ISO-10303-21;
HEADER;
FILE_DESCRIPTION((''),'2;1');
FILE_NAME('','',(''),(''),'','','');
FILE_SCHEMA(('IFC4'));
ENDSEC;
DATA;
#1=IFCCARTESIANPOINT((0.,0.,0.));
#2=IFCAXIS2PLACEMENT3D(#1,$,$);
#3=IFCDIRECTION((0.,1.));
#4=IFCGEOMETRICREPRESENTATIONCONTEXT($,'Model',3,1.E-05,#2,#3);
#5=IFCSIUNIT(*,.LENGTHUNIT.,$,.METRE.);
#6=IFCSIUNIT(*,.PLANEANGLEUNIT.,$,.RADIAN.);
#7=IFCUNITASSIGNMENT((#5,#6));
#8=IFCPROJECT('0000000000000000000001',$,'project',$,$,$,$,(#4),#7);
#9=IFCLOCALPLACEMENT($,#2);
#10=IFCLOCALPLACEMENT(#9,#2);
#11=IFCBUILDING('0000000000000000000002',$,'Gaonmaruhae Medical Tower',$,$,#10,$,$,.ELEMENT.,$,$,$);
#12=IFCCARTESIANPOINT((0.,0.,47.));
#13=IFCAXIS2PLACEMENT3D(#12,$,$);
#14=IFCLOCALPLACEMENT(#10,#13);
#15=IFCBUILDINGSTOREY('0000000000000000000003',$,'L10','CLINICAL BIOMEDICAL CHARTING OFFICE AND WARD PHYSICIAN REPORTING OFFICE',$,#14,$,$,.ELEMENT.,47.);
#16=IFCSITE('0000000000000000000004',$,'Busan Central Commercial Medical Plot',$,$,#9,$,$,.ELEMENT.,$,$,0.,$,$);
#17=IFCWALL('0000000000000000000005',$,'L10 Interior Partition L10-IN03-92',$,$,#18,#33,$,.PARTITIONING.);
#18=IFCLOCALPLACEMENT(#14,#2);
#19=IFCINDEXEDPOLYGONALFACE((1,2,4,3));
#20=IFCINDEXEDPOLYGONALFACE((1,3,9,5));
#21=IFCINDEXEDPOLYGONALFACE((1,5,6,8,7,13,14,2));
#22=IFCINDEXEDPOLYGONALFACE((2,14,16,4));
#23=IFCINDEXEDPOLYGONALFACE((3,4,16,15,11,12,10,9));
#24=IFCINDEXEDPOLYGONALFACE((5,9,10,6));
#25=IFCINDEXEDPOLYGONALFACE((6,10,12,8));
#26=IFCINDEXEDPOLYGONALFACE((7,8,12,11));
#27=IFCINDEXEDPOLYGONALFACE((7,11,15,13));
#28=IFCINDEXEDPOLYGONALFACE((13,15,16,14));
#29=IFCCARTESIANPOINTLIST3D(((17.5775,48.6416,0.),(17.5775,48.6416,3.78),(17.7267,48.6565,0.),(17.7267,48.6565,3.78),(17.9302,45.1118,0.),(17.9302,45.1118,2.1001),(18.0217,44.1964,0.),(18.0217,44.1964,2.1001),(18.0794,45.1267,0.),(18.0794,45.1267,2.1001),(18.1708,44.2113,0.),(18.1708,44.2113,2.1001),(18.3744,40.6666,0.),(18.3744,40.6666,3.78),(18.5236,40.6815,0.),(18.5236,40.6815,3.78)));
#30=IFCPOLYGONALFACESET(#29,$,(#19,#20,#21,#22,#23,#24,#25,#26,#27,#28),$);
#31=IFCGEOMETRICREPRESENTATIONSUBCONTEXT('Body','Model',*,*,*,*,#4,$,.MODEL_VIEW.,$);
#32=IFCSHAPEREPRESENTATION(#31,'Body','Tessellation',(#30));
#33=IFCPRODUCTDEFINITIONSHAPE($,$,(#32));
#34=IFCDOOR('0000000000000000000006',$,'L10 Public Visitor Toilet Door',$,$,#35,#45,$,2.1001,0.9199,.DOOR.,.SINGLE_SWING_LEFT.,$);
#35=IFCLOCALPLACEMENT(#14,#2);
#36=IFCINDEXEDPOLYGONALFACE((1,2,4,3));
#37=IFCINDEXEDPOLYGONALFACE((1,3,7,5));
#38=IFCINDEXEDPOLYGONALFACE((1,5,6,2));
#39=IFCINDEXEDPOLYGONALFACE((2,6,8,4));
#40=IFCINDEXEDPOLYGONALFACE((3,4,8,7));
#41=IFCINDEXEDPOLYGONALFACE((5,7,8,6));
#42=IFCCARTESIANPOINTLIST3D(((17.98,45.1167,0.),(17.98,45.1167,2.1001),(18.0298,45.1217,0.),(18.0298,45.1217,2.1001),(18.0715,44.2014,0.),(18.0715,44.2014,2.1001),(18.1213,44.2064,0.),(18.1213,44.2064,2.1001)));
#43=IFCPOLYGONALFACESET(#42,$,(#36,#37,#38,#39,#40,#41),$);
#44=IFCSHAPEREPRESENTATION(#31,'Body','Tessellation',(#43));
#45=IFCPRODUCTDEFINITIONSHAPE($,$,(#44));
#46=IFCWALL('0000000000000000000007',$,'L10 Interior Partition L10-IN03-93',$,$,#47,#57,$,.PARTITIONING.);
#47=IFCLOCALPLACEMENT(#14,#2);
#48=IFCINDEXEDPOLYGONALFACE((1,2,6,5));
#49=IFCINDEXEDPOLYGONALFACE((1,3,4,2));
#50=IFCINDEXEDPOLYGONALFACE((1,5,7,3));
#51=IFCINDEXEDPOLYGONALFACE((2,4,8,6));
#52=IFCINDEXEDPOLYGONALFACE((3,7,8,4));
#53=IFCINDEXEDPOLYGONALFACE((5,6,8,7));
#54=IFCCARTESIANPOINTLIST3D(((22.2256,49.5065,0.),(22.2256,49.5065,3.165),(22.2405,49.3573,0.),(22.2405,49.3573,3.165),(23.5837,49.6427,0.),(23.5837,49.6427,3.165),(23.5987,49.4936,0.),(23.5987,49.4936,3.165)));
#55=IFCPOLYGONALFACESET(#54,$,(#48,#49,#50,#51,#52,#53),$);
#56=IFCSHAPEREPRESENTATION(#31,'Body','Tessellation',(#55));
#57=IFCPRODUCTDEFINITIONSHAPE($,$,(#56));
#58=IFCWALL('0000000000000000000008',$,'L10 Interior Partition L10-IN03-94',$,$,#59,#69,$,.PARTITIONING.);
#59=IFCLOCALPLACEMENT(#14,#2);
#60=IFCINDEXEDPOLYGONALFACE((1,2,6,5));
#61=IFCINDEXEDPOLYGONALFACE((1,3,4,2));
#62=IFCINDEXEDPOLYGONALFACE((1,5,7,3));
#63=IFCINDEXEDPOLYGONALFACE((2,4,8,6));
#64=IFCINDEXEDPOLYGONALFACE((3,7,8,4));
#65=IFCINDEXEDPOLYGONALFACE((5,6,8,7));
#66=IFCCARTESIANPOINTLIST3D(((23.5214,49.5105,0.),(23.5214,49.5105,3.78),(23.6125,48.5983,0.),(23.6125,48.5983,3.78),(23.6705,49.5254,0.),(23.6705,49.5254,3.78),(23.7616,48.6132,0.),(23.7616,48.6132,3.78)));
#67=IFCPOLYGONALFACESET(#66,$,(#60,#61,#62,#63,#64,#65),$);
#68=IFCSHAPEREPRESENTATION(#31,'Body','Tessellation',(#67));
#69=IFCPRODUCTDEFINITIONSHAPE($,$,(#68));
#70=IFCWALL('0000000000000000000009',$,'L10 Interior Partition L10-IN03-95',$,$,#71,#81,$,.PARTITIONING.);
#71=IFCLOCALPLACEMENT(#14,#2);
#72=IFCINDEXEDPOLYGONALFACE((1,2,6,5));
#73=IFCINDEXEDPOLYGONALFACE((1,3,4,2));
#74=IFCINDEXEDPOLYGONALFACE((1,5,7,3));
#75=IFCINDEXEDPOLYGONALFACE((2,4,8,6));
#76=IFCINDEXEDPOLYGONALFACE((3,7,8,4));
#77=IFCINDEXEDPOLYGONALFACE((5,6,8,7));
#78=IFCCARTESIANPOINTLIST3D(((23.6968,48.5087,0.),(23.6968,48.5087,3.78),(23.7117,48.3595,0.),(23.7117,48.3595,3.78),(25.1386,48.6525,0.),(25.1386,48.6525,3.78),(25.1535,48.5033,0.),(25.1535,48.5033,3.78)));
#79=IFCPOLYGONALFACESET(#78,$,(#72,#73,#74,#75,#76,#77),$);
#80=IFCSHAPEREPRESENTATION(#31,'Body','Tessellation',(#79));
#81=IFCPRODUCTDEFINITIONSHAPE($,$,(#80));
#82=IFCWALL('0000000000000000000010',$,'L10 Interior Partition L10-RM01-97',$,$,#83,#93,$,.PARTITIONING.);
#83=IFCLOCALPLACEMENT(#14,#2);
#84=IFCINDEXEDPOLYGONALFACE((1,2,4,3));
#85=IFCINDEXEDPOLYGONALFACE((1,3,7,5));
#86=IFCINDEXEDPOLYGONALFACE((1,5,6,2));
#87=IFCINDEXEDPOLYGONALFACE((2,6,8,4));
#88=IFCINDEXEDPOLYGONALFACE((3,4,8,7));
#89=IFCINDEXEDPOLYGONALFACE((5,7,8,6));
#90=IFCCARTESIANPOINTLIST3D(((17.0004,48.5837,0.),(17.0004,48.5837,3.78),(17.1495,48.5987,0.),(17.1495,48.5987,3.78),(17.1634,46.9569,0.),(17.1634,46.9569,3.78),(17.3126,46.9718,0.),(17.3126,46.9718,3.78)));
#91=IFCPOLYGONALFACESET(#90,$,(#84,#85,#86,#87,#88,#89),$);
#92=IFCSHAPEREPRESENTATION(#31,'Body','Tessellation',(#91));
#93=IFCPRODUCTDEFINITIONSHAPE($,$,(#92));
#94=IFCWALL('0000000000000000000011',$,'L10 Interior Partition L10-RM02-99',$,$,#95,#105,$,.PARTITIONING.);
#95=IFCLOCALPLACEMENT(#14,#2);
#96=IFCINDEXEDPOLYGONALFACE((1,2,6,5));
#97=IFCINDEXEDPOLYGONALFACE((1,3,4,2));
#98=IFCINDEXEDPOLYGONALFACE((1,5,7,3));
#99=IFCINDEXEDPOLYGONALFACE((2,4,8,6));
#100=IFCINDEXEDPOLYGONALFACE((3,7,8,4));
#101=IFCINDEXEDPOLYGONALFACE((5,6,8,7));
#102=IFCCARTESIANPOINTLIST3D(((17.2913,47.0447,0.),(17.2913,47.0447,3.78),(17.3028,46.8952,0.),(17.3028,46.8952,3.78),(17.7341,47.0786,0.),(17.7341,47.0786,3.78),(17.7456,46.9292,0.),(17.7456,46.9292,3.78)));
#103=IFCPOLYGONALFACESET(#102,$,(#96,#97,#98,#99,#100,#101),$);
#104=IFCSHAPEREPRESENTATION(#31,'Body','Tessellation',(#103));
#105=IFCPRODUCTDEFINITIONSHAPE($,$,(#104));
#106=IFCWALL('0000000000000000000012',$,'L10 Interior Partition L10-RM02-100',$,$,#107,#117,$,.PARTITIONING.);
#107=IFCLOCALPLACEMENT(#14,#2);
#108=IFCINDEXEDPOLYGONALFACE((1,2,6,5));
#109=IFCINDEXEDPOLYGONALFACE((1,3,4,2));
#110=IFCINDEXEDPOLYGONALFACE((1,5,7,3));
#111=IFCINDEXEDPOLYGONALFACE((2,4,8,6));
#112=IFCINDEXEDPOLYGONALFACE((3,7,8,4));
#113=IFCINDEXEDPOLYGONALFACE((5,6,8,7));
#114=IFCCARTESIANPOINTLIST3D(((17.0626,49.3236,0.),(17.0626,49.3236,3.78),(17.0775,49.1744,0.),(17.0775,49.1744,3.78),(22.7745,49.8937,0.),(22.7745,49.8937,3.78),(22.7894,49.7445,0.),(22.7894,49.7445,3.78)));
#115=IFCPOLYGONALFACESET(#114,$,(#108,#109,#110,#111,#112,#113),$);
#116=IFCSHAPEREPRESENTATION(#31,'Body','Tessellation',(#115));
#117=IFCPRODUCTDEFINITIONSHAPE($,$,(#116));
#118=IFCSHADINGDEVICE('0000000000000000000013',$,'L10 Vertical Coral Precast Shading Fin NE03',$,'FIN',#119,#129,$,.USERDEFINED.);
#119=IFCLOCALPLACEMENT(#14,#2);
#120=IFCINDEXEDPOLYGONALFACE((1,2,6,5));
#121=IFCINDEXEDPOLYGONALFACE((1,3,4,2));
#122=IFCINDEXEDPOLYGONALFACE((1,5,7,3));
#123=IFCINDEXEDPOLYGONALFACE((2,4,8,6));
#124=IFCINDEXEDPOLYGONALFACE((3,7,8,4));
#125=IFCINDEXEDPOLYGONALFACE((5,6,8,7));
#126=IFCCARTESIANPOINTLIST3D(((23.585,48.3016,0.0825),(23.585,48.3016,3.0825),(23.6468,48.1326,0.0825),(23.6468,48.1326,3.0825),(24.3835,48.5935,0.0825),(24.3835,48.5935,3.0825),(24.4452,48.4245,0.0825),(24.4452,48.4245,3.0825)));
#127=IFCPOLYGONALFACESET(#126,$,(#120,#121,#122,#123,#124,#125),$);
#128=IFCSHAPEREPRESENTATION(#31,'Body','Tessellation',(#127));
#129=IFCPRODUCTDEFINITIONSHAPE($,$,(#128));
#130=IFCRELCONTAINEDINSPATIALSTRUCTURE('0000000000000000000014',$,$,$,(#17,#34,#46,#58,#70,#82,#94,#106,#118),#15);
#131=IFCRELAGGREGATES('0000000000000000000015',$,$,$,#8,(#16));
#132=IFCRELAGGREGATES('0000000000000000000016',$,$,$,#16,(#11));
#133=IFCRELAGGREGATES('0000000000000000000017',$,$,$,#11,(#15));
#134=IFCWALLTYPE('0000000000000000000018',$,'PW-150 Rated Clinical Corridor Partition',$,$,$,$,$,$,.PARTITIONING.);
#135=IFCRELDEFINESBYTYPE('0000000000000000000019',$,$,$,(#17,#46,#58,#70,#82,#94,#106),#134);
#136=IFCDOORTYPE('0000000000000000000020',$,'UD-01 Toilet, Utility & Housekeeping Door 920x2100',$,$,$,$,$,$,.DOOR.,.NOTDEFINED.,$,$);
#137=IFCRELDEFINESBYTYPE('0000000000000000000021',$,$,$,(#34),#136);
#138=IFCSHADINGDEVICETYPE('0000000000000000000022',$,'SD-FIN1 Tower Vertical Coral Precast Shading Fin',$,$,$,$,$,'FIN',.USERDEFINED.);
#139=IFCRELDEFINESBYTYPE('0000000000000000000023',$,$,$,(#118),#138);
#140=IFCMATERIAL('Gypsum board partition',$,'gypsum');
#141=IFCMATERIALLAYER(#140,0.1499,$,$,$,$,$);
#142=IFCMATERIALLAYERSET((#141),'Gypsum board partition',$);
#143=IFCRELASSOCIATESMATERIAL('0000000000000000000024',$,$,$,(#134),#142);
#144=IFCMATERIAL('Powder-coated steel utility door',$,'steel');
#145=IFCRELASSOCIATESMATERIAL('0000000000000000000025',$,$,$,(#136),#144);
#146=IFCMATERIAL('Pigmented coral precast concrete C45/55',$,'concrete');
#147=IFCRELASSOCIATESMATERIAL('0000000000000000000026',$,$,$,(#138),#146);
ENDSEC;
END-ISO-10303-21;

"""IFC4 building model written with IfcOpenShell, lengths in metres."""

from ifc_helpers import new_model, si_unit, direction, frame, frame_2d, origin, origin_2d, place, context, subcontext, project, spatial, rectangle, extrude, material, layer, layer_set, type_object, element, fill, save


model = new_model("IFC4")

# Units and contexts
model_context = context("Model", 3, precision=1e-05, world=origin(), true_north=direction((0.0, 1.0)))
body_context = subcontext(model_context, "Body", "Model", "MODEL_VIEW")
ifc_project = project(units=[si_unit("LENGTHUNIT", "METRE"), si_unit("PLANEANGLEUNIT", "RADIAN")], contexts=[model_context])

# Site, building, storey
site_placement = place(None, origin())
site = spatial("IfcSite", under=ifc_project, at=site_placement, Name="Busan Central Commercial Medical Plot", CompositionType="ELEMENT", RefElevation=0.0)
building_placement = place(site_placement, origin())
building = spatial("IfcBuilding", under=site, at=building_placement, Name="Gaonmaruhae Medical Tower", CompositionType="ELEMENT")
storey_placement = place(building_placement, frame((0.0, 0.0, 47.0)))
storey = spatial("IfcBuildingStorey", under=building, at=storey_placement, Name="L10", Description="CLINICAL BIOMEDICAL CHARTING OFFICE AND WARD PHYSICIAN REPORTING OFFICE", CompositionType="ELEMENT", Elevation=47.0)

# Shared definitions
ifc_material_1 = material(Name="Gypsum board partition", Category="gypsum")
ifc_layer_1 = layer(ifc_material_1, 0.1499)
ifc_layer_set_1 = layer_set([ifc_layer_1], Name="Gypsum board partition")
wall_type_1 = type_object("IfcWallType", Name="PW-150 Rated Clinical Corridor Partition", PredefinedType="PARTITIONING", material=ifc_layer_set_1)

# Wall, opening, door
wall_1_placement = place(storey_placement, frame((18.449, 40.6741, 0.0), z_axis=(0.0, 0.0, 1.0), x_axis=(-0.099428, 0.995045, 0.0)))
wall_1 = element("IfcWall", 1, at=wall_1_placement, inside=storey, type_object=wall_type_1, Name="L10 Interior Partition L10-IN03-92", PredefinedType="PARTITIONING", context=body_context, shape_type="SweptSolid", body=[
    extrude(rectangle(XDim=8.0146, YDim=0.1499, at=frame_2d((4.0073, 0.0))), origin(), (0.0, 0.0, 1.0), 3.78),
])
opening_1_placement = place(wall_1_placement, frame((3.5474, 0.0, 0.0)))
opening_1 = element("IfcOpeningElement", 2, at=opening_1_placement, cuts=wall_1, PredefinedType="OPENING", context=body_context, shape_type="SweptSolid", body=[
    extrude(rectangle(XDim=0.9199, YDim=2.1001, at=frame_2d((0.46, 1.05))), frame((0.0, 0.085, 0.0), z_axis=(0.0, -1.0, 0.0), x_axis=(1.0, 0.0, 0.0)), (0.0, 0.0, 1.0), 0.1699),
])
ifc_material_2 = material(Name="Powder-coated steel utility door", Category="steel")
door_type_1 = type_object("IfcDoorType", Name="UD-01 Toilet, Utility & Housekeeping Door 920x2100", OperationType="NOTDEFINED", PredefinedType="DOOR", material=ifc_material_2)
door_1_placement = place(opening_1_placement, origin())
door_1 = element("IfcDoor", 3, at=door_1_placement, inside=storey, type_object=door_type_1, Name="L10 Public Visitor Toilet Door", OperationType="SINGLE_SWING_LEFT", OverallHeight=2.1001, OverallWidth=0.9199, PredefinedType="DOOR", context=body_context, shape_type="SweptSolid", body=[
    extrude(rectangle(XDim=0.9199, YDim=2.1001, at=frame_2d((0.46, 1.05))), frame((0.0, 0.0249, 0.0), z_axis=(0.0, -1.0, 0.0), x_axis=(1.0, 0.0, 0.0)), (0.0, 0.0, 1.0), 0.05),
])
fill(opening_1, door_1)

# Walls
wall_2_placement = place(storey_placement, frame((22.2329, 49.4319, 0.0), z_axis=(0.0, 0.0, 1.0), x_axis=(0.995007, 0.099805, 0.0)))
element("IfcWall", 4, at=wall_2_placement, inside=storey, type_object=wall_type_1, Name="L10 Interior Partition L10-IN03-93", PredefinedType="PARTITIONING", context=body_context, shape_type="SweptSolid", body=[
    extrude(rectangle(XDim=1.365, YDim=0.1499, at=frame_2d((0.6826, 0.0))), origin(), (0.0, 0.0, 1.0), 3.165),
])
wall_3_placement = place(storey_placement, frame((23.5959, 49.5181, 0.0), z_axis=(0.0, 0.0, 1.0), x_axis=(0.099345, -0.995053, 0.0)))
element("IfcWall", 5, at=wall_3_placement, inside=storey, type_object=wall_type_1, Name="L10 Interior Partition L10-IN03-94", PredefinedType="PARTITIONING", context=body_context, shape_type="SweptSolid", body=[
    extrude(rectangle(XDim=0.9167, YDim=0.1499, at=frame_2d((0.4585, 0.0))), origin(), (0.0, 0.0, 1.0), 3.78),
])
wall_4_placement = place(storey_placement, frame((23.7041, 48.4341, 0.0), z_axis=(0.0, 0.0, 1.0), x_axis=(0.995064, 0.099237, 0.0)))
element("IfcWall", 6, at=wall_4_placement, inside=storey, type_object=wall_type_1, Name="L10 Interior Partition L10-IN03-95", PredefinedType="PARTITIONING", context=body_context, shape_type="SweptSolid", body=[
    extrude(rectangle(XDim=1.449, YDim=0.1499, at=frame_2d((0.7246, 0.0))), origin(), (0.0, 0.0, 1.0), 3.78),
])
wall_5_placement = place(storey_placement, frame((17.075, 48.5911, 0.0), z_axis=(0.0, 0.0, 1.0), x_axis=(0.09974, -0.995014, 0.0)))
element("IfcWall", 7, at=wall_5_placement, inside=storey, type_object=wall_type_1, Name="L10 Interior Partition L10-RM01-97", PredefinedType="PARTITIONING", context=body_context, shape_type="SweptSolid", body=[
    extrude(rectangle(XDim=1.635, YDim=0.1499, at=frame_2d((0.8174, 0.0))), origin(), (0.0, 0.0, 1.0), 3.78),
])

# Walls
wall_6_placement = place(storey_placement, frame((17.74, 47.0039, 0.0), z_axis=(0.0, 0.0, 1.0), x_axis=(-0.997077, -0.076402, 0.0)))
element("IfcWall", 8, at=wall_6_placement, inside=storey, type_object=wall_type_1, Name="L10 Interior Partition L10-RM02-99", PredefinedType="PARTITIONING", context=body_context, shape_type="SweptSolid", body=[
    extrude(rectangle(XDim=0.4441, YDim=0.1499, at=frame_2d((0.2222, 0.0))), origin(), (0.0, 0.0, 1.0), 3.78),
])
wall_7_placement = place(storey_placement, frame((17.0701, 49.249, 0.0), z_axis=(0.0, 0.0, 1.0), x_axis=(0.995057, 0.09931, 0.0)))
element("IfcWall", 9, at=wall_7_placement, inside=storey, type_object=wall_type_1, Name="L10 Interior Partition L10-RM02-100", PredefinedType="PARTITIONING", context=body_context, shape_type="SweptSolid", body=[
    extrude(rectangle(XDim=5.7402, YDim=0.1499, at=frame_2d((2.8701, 0.0))), origin(), (0.0, 0.0, 1.0), 3.78),
])

# Shading device
ifc_material_3 = material(Name="Pigmented coral precast concrete C45/55", Category="concrete")
shading_device_type = type_object("IfcShadingDeviceType", Name="SD-FIN1 Tower Vertical Coral Precast Shading Fin", ElementType="FIN", PredefinedType="USERDEFINED", material=ifc_material_3)
shading_device_placement = place(storey_placement, frame((24.0151, 48.363, 0.0825), z_axis=(0.0, 0.0, 1.0), x_axis=(0.343348, -0.939208, 0.0)))
element("IfcShadingDevice", 10, at=shading_device_placement, inside=storey, type_object=shading_device_type, Name="L10 Vertical Coral Precast Shading Fin NE03", ObjectType="FIN", PredefinedType="USERDEFINED", context=body_context, shape_type="SweptSolid", body=[
    extrude(rectangle(XDim=0.1799, YDim=0.8501, at=origin_2d()), origin(), (0.0, 0.0, 1.0), 3.0),
])

save(model, "model.ifc")
